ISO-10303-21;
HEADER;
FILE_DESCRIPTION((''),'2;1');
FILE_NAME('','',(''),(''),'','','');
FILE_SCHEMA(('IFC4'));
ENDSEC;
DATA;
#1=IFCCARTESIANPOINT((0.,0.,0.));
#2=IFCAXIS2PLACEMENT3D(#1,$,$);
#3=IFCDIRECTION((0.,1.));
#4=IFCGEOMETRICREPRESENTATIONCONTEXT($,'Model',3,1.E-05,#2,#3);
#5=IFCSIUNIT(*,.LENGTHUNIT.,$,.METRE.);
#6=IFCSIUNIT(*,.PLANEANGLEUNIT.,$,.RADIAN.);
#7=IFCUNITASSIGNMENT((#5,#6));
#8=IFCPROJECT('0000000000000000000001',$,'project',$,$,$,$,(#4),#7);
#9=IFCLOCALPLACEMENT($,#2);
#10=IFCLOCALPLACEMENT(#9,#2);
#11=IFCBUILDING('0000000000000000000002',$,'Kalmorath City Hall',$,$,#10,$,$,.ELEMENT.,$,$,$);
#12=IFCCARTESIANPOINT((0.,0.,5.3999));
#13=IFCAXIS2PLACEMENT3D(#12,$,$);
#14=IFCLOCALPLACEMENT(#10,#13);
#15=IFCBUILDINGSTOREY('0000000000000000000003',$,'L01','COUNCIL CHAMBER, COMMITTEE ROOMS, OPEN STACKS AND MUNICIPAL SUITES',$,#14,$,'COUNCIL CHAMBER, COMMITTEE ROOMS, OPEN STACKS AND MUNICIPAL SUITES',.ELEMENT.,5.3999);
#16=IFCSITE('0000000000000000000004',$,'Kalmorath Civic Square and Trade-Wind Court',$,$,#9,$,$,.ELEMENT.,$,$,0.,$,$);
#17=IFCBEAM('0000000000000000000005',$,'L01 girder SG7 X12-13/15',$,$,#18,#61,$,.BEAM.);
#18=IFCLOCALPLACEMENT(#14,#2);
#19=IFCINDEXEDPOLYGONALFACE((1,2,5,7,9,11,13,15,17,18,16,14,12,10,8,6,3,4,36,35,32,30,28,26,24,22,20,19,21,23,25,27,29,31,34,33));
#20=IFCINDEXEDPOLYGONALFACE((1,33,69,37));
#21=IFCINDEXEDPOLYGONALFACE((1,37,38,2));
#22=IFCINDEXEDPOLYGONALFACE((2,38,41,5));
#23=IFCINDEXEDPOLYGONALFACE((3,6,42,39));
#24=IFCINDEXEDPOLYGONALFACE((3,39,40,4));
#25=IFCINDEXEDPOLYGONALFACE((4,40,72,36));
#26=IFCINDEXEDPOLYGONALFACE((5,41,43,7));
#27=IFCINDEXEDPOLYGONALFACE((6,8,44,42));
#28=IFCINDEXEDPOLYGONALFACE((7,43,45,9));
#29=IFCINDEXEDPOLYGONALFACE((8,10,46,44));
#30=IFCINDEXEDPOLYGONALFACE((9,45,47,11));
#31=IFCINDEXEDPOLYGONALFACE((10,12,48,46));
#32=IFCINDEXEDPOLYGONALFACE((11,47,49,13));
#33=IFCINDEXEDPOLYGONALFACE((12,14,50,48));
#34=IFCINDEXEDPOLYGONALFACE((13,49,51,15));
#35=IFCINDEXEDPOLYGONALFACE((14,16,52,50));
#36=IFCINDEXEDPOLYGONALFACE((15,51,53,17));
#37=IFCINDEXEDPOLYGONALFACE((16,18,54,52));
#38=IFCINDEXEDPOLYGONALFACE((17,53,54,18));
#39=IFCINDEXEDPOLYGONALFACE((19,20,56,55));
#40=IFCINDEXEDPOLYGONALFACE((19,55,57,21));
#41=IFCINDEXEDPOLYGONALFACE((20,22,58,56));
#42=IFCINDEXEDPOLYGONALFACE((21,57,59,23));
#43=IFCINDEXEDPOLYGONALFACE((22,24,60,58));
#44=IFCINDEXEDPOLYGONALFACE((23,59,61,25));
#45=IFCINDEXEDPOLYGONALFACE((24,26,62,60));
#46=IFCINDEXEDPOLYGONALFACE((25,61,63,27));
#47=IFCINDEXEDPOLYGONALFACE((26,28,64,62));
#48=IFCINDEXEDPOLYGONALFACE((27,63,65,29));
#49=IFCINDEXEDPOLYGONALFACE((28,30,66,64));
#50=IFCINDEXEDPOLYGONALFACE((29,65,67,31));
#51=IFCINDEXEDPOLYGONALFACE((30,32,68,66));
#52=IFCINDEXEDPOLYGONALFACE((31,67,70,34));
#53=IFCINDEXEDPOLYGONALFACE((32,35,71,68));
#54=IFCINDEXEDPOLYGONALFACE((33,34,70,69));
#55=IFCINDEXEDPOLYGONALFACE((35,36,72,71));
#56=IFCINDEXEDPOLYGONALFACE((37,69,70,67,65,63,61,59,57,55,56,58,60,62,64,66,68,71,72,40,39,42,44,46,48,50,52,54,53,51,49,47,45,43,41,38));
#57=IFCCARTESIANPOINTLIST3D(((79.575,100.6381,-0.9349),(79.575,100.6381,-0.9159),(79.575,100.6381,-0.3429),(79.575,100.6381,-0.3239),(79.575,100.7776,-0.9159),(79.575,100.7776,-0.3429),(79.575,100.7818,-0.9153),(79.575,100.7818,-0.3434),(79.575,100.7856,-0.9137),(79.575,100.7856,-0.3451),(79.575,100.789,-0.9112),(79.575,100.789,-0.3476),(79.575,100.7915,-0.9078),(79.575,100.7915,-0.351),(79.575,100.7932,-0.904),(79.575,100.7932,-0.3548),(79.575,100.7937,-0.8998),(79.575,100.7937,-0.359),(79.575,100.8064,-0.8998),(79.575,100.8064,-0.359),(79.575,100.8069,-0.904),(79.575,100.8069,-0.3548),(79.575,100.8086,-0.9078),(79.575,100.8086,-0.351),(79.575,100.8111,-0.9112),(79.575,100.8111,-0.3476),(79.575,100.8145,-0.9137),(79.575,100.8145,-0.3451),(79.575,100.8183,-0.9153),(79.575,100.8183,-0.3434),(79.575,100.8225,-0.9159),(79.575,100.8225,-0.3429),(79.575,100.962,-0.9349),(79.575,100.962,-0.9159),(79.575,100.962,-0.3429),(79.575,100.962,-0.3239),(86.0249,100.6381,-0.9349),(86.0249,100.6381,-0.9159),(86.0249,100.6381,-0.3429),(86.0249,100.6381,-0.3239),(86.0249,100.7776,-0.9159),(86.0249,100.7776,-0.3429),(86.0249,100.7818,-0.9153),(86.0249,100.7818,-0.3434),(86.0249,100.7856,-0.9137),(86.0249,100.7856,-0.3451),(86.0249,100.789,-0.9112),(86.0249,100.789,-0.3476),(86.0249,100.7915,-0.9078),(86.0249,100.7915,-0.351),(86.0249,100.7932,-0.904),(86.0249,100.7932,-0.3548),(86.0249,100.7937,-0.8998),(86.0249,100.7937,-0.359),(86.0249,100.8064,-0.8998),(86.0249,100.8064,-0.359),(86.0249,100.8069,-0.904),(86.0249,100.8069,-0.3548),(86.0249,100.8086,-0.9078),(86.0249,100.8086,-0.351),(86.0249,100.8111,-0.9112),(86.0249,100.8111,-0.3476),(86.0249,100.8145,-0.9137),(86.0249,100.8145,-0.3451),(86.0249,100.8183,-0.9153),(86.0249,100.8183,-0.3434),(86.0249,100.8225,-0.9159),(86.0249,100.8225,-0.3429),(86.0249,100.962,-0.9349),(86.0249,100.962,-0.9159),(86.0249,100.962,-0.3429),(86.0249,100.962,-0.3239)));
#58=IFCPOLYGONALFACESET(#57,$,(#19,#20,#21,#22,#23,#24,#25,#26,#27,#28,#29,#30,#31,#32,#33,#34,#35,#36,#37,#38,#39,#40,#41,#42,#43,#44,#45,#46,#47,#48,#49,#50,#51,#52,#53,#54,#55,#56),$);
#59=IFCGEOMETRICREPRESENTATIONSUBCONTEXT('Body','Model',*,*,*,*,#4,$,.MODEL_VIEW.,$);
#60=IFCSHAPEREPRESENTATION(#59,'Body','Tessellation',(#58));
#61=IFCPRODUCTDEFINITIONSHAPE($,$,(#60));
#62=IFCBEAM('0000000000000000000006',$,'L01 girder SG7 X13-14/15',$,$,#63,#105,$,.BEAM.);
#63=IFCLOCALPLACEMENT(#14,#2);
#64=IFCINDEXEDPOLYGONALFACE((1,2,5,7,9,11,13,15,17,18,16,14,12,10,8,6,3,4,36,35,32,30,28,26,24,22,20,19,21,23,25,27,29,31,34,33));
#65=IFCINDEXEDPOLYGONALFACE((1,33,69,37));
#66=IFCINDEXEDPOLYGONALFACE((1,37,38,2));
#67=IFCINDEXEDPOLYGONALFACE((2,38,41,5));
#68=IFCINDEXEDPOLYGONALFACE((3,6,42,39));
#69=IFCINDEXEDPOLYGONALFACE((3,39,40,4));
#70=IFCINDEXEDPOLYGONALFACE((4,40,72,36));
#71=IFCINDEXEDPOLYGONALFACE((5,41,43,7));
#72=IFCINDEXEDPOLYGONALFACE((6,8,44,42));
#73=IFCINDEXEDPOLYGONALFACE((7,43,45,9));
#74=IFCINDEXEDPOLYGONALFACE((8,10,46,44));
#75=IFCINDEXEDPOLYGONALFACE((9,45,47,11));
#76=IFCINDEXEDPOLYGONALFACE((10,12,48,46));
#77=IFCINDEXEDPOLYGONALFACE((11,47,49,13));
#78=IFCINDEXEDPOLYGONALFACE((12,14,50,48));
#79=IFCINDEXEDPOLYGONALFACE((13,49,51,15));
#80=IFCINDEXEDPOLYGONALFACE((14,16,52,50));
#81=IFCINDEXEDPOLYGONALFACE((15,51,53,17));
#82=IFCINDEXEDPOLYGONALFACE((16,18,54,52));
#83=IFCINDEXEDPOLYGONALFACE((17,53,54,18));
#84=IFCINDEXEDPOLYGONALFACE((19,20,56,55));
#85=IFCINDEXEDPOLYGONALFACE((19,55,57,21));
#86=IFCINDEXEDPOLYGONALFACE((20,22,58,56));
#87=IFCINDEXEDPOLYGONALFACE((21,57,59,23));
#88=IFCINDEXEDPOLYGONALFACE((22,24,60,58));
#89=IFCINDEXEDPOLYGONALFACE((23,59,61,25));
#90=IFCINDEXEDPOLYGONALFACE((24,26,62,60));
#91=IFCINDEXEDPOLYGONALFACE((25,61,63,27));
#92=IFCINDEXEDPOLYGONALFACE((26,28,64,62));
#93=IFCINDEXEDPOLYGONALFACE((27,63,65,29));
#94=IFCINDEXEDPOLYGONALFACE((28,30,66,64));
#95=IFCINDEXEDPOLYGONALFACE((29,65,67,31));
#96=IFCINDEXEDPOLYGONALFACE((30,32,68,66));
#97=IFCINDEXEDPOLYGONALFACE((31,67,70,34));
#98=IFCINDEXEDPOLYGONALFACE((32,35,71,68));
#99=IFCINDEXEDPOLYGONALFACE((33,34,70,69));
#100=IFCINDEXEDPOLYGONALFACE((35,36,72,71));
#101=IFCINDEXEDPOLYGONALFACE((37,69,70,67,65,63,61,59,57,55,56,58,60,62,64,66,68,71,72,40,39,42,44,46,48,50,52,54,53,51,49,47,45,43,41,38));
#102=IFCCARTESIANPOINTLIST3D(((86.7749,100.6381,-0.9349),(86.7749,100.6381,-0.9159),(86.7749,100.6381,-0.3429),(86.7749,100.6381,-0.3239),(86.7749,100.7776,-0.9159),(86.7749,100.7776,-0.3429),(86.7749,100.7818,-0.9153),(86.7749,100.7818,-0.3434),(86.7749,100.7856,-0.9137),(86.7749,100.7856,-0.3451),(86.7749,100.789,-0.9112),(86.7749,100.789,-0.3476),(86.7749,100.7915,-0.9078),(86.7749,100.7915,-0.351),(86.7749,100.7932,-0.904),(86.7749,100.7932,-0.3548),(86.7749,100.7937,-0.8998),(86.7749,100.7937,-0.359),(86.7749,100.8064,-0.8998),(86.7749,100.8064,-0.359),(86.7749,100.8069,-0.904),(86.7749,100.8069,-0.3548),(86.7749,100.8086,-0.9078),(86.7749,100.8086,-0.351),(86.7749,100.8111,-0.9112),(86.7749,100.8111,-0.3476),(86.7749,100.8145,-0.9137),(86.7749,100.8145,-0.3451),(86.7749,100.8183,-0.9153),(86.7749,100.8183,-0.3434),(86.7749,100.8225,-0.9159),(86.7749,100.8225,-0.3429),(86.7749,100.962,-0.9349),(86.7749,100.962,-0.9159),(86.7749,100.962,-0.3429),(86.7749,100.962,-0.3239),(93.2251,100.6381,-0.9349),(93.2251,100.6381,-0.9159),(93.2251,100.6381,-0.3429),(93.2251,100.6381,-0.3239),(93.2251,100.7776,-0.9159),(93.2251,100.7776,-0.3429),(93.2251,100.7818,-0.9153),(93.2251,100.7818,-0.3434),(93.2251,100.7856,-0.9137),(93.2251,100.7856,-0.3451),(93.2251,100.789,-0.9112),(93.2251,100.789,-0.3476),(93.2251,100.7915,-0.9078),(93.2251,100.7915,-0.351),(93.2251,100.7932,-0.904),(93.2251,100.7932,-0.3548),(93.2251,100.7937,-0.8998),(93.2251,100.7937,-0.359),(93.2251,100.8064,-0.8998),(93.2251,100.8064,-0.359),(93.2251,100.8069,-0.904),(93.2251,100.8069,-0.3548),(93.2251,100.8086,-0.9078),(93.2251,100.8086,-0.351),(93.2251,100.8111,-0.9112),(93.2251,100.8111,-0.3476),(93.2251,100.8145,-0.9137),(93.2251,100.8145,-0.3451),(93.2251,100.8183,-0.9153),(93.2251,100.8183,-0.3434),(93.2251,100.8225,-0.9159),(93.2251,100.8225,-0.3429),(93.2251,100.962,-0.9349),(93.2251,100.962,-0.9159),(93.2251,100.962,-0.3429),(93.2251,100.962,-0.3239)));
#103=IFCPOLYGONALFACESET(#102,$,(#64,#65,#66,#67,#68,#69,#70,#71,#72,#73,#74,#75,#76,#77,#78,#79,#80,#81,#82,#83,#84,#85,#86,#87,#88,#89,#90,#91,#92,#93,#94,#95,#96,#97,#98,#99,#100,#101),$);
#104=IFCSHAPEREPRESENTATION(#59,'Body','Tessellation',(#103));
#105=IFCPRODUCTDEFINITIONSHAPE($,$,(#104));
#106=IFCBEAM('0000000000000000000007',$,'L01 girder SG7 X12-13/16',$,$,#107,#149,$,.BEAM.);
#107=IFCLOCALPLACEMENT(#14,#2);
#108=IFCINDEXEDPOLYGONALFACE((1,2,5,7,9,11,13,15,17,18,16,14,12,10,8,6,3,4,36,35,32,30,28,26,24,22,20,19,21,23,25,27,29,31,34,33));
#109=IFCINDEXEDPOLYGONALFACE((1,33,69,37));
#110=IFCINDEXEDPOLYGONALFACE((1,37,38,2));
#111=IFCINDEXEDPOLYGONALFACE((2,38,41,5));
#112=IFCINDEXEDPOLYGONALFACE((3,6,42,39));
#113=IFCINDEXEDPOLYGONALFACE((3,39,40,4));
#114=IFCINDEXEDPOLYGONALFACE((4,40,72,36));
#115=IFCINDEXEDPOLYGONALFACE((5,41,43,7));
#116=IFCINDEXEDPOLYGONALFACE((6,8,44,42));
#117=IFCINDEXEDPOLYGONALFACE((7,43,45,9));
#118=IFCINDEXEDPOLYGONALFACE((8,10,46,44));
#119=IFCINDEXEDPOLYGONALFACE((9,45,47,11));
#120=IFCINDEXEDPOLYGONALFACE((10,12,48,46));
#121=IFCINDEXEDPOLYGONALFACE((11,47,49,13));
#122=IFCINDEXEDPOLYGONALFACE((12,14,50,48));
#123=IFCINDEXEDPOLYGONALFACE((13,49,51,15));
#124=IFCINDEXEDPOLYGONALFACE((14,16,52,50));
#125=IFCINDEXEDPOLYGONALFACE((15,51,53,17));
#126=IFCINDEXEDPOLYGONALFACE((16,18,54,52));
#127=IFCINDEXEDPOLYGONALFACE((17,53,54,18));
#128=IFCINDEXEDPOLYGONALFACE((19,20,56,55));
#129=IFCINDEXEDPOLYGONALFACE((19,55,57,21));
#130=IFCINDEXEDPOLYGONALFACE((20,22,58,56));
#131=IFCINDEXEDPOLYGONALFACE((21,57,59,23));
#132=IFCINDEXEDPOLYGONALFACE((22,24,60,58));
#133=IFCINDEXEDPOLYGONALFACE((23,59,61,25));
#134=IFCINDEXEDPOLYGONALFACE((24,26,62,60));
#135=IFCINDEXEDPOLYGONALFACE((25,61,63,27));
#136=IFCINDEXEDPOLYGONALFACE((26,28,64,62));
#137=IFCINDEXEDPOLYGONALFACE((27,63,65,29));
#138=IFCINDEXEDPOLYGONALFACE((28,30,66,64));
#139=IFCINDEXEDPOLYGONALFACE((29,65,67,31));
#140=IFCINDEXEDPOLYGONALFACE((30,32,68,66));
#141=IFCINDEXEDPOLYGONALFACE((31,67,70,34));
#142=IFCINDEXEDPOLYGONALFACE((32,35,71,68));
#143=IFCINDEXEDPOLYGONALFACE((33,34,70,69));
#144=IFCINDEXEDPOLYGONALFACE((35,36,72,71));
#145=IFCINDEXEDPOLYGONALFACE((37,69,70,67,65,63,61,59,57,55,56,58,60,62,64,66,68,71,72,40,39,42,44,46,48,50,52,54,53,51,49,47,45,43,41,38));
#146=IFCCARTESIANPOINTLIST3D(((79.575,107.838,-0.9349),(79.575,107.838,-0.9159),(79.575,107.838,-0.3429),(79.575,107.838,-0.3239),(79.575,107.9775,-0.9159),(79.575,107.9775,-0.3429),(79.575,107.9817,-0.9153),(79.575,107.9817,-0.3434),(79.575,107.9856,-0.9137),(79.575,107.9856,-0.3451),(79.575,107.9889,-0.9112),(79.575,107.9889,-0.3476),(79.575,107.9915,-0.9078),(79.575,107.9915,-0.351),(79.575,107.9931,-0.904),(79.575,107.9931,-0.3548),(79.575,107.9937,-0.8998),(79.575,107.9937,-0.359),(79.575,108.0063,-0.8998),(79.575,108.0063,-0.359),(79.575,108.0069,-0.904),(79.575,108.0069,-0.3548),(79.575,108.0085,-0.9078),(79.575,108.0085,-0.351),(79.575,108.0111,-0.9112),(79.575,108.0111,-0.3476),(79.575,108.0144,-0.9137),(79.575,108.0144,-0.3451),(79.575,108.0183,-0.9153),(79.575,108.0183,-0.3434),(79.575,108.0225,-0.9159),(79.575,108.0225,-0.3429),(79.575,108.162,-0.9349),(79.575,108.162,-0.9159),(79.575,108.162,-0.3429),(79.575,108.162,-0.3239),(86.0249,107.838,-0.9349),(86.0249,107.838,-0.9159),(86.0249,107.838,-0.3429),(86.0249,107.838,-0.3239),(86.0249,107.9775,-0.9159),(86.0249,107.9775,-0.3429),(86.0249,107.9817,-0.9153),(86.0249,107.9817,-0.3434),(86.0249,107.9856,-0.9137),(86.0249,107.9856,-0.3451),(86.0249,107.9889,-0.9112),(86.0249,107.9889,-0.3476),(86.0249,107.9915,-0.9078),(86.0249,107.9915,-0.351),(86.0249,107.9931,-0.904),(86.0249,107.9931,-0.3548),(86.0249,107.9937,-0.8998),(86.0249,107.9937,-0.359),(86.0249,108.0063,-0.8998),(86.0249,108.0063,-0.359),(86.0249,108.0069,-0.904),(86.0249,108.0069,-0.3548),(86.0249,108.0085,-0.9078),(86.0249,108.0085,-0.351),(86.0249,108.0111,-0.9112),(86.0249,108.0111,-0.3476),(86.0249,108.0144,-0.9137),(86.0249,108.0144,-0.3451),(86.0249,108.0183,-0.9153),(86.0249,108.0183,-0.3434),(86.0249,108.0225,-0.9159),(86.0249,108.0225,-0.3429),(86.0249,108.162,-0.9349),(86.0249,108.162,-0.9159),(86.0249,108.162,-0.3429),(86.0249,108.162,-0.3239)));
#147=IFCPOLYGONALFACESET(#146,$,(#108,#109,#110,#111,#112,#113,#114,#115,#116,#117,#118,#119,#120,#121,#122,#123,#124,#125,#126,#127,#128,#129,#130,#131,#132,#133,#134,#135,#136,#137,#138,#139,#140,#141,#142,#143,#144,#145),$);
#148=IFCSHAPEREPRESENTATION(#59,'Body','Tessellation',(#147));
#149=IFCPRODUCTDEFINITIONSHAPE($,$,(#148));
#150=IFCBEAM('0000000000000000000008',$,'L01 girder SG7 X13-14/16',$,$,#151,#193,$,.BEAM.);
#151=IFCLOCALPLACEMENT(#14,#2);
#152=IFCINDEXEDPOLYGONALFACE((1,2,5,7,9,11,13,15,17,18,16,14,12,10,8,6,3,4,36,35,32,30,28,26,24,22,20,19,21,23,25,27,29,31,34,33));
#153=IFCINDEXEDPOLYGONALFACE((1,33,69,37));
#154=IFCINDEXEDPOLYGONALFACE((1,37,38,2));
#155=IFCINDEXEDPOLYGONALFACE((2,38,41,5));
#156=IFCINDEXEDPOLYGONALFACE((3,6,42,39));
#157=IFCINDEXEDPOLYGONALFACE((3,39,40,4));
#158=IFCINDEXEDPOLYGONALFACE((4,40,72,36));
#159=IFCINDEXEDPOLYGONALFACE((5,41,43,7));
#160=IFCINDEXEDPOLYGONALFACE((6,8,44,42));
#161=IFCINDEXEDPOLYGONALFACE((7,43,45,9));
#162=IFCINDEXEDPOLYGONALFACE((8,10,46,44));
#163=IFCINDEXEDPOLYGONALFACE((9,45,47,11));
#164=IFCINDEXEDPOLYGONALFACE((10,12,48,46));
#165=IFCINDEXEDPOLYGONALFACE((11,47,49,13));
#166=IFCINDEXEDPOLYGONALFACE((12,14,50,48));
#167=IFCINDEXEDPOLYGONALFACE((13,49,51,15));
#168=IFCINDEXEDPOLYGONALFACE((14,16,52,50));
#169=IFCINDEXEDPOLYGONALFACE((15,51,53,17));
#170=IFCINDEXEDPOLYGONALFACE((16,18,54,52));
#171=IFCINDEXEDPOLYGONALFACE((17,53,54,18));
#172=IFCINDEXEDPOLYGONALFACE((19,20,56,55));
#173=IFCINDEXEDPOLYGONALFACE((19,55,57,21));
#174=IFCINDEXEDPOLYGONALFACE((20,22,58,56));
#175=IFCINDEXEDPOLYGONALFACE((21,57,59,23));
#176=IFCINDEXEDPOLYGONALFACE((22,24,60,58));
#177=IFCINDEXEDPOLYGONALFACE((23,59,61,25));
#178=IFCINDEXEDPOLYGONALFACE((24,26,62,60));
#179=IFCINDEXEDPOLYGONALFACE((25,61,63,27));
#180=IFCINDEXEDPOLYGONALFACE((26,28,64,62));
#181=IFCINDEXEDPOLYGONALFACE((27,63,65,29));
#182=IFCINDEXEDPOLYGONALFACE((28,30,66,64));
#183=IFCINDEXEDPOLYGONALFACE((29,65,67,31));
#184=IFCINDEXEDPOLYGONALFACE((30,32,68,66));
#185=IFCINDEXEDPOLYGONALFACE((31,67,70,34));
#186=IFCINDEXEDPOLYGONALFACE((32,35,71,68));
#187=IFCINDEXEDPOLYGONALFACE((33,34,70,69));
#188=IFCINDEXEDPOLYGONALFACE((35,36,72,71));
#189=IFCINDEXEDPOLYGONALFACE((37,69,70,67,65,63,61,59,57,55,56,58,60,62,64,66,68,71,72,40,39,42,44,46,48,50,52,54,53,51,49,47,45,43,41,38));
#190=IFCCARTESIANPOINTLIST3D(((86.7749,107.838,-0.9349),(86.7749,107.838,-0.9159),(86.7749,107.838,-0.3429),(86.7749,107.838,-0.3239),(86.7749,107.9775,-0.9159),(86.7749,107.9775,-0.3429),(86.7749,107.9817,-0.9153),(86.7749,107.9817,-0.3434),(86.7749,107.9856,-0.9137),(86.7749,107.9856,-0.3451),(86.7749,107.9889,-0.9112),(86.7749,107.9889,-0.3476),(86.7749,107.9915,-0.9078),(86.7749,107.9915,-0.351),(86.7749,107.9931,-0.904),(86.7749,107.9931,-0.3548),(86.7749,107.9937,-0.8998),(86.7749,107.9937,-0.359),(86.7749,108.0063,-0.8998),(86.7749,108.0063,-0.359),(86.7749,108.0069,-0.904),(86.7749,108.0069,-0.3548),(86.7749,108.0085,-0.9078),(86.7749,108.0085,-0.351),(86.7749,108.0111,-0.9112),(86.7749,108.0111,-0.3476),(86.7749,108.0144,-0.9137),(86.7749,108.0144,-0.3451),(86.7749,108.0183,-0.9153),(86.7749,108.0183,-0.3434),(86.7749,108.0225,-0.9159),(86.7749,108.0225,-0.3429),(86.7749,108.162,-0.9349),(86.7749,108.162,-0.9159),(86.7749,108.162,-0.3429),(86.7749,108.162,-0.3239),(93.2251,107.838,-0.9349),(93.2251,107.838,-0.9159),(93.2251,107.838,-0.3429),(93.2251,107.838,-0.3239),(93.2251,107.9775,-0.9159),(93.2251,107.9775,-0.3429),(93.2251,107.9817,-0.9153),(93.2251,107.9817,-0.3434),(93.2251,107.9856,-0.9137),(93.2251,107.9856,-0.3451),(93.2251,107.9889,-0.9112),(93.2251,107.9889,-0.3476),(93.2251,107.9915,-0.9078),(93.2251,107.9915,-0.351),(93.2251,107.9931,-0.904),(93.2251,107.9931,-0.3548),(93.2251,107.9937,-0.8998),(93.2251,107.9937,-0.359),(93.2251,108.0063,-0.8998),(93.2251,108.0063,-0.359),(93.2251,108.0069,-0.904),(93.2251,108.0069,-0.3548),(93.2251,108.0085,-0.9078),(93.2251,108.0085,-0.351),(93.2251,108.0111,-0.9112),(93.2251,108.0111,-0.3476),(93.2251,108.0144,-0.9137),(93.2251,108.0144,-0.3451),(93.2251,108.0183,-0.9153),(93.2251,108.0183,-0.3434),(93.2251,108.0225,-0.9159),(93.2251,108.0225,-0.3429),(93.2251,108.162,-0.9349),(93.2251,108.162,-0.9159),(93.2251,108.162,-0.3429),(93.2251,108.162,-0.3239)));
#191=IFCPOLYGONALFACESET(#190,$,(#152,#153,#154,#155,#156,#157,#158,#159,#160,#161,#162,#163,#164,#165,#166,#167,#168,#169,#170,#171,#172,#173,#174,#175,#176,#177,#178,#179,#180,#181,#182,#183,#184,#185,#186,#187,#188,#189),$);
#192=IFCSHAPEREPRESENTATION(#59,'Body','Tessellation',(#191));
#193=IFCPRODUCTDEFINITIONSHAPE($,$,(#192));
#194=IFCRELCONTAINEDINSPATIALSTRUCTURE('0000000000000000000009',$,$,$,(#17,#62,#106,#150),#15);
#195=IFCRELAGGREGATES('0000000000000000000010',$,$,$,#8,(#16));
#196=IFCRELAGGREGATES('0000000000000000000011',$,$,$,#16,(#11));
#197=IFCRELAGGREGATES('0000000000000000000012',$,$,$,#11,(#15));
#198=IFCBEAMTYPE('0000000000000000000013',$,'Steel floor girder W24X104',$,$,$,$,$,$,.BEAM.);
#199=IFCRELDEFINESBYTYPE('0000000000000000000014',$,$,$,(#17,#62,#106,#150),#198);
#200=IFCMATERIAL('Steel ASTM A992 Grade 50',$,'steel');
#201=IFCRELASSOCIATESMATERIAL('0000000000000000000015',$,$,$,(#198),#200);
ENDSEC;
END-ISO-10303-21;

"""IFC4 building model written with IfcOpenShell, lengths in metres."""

from ifc_helpers import new_model, si_unit, direction, frame, origin, origin_2d, place, context, subcontext, project, spatial, i_section, extrude, material, material_profile, profile_set, type_object, element, save


model = new_model("IFC4")

# Units and contexts
model_context = context("Model", 3, precision=1e-05, world=origin(), true_north=direction((0.0, 1.0)))
body_context = subcontext(model_context, "Body", "Model", "MODEL_VIEW")
ifc_project = project(units=[si_unit("LENGTHUNIT", "METRE"), si_unit("PLANEANGLEUNIT", "RADIAN")], contexts=[model_context])

# Site, building, storey
site_placement = place(None, origin())
site = spatial("IfcSite", under=ifc_project, at=site_placement, Name="Kalmorath Civic Square and Trade-Wind Court", CompositionType="ELEMENT", RefElevation=0.0)
building_placement = place(site_placement, origin())
building = spatial("IfcBuilding", under=site, at=building_placement, Name="Kalmorath City Hall", CompositionType="ELEMENT")
storey_placement = place(building_placement, frame((0.0, 0.0, 5.3999)))
storey = spatial("IfcBuildingStorey", under=building, at=storey_placement, Name="L01", Description="COUNCIL CHAMBER, COMMITTEE ROOMS, OPEN STACKS AND MUNICIPAL SUITES", LongName="COUNCIL CHAMBER, COMMITTEE ROOMS, OPEN STACKS AND MUNICIPAL SUITES", CompositionType="ELEMENT", Elevation=5.3999)

# Beams
ifc_material_1 = material(Name="Steel ASTM A992 Grade 50", Category="steel")
ifc_material_profile_1 = material_profile(ifc_material_1, i_section(OverallWidth=0.324, OverallDepth=0.6111, WebThickness=0.0127, FlangeThickness=0.019, FilletRadius=0.0161, at=origin_2d()), Name="W24X104")
ifc_profile_set_1 = profile_set([ifc_material_profile_1], Name="Steel ASTM A992 Grade 50")
beam_type_1 = type_object("IfcBeamType", Name="Steel floor girder W24X104", PredefinedType="BEAM", material=ifc_profile_set_1)
beam_1_placement = place(storey_placement, frame((79.575, 100.8, -0.6294), z_axis=(1.0, 0.0, 0.0), x_axis=(0.0, 1.0, 0.0)))
element("IfcBeam", 1, at=beam_1_placement, inside=storey, type_object=beam_type_1, Name="L01 girder SG7 X12-13/15", PredefinedType="BEAM", context=body_context, shape_type="SweptSolid", body=[
    extrude(i_section(OverallWidth=0.324, OverallDepth=0.6111, WebThickness=0.0127, FlangeThickness=0.019, FilletRadius=0.0161, at=origin_2d()), origin(), (0.0, 0.0, 1.0), 6.45),
])
beam_2_placement = place(storey_placement, frame((86.7749, 100.8, -0.6294), z_axis=(1.0, 0.0, 0.0), x_axis=(0.0, 1.0, 0.0)))
element("IfcBeam", 2, at=beam_2_placement, inside=storey, type_object=beam_type_1, Name="L01 girder SG7 X13-14/15", PredefinedType="BEAM", context=body_context, shape_type="SweptSolid", body=[
    extrude(i_section(OverallWidth=0.324, OverallDepth=0.6111, WebThickness=0.0127, FlangeThickness=0.019, FilletRadius=0.0161, at=origin_2d()), origin(), (0.0, 0.0, 1.0), 6.4502),
])
beam_3_placement = place(storey_placement, frame((79.575, 108.0, -0.6294), z_axis=(1.0, 0.0, 0.0), x_axis=(0.0, 1.0, 0.0)))
element("IfcBeam", 3, at=beam_3_placement, inside=storey, type_object=beam_type_1, Name="L01 girder SG7 X12-13/16", PredefinedType="BEAM", context=body_context, shape_type="SweptSolid", body=[
    extrude(i_section(OverallWidth=0.324, OverallDepth=0.6111, WebThickness=0.0127, FlangeThickness=0.019, FilletRadius=0.0161, at=origin_2d()), origin(), (0.0, 0.0, 1.0), 6.45),
])
beam_4_placement = place(storey_placement, frame((86.7749, 108.0, -0.6294), z_axis=(1.0, 0.0, 0.0), x_axis=(0.0, 1.0, 0.0)))
element("IfcBeam", 4, at=beam_4_placement, inside=storey, type_object=beam_type_1, Name="L01 girder SG7 X13-14/16", PredefinedType="BEAM", context=body_context, shape_type="SweptSolid", body=[
    extrude(i_section(OverallWidth=0.324, OverallDepth=0.6111, WebThickness=0.0127, FlangeThickness=0.019, FilletRadius=0.0161, at=origin_2d()), origin(), (0.0, 0.0, 1.0), 6.4502),
])

save(model, "model.ifc")
